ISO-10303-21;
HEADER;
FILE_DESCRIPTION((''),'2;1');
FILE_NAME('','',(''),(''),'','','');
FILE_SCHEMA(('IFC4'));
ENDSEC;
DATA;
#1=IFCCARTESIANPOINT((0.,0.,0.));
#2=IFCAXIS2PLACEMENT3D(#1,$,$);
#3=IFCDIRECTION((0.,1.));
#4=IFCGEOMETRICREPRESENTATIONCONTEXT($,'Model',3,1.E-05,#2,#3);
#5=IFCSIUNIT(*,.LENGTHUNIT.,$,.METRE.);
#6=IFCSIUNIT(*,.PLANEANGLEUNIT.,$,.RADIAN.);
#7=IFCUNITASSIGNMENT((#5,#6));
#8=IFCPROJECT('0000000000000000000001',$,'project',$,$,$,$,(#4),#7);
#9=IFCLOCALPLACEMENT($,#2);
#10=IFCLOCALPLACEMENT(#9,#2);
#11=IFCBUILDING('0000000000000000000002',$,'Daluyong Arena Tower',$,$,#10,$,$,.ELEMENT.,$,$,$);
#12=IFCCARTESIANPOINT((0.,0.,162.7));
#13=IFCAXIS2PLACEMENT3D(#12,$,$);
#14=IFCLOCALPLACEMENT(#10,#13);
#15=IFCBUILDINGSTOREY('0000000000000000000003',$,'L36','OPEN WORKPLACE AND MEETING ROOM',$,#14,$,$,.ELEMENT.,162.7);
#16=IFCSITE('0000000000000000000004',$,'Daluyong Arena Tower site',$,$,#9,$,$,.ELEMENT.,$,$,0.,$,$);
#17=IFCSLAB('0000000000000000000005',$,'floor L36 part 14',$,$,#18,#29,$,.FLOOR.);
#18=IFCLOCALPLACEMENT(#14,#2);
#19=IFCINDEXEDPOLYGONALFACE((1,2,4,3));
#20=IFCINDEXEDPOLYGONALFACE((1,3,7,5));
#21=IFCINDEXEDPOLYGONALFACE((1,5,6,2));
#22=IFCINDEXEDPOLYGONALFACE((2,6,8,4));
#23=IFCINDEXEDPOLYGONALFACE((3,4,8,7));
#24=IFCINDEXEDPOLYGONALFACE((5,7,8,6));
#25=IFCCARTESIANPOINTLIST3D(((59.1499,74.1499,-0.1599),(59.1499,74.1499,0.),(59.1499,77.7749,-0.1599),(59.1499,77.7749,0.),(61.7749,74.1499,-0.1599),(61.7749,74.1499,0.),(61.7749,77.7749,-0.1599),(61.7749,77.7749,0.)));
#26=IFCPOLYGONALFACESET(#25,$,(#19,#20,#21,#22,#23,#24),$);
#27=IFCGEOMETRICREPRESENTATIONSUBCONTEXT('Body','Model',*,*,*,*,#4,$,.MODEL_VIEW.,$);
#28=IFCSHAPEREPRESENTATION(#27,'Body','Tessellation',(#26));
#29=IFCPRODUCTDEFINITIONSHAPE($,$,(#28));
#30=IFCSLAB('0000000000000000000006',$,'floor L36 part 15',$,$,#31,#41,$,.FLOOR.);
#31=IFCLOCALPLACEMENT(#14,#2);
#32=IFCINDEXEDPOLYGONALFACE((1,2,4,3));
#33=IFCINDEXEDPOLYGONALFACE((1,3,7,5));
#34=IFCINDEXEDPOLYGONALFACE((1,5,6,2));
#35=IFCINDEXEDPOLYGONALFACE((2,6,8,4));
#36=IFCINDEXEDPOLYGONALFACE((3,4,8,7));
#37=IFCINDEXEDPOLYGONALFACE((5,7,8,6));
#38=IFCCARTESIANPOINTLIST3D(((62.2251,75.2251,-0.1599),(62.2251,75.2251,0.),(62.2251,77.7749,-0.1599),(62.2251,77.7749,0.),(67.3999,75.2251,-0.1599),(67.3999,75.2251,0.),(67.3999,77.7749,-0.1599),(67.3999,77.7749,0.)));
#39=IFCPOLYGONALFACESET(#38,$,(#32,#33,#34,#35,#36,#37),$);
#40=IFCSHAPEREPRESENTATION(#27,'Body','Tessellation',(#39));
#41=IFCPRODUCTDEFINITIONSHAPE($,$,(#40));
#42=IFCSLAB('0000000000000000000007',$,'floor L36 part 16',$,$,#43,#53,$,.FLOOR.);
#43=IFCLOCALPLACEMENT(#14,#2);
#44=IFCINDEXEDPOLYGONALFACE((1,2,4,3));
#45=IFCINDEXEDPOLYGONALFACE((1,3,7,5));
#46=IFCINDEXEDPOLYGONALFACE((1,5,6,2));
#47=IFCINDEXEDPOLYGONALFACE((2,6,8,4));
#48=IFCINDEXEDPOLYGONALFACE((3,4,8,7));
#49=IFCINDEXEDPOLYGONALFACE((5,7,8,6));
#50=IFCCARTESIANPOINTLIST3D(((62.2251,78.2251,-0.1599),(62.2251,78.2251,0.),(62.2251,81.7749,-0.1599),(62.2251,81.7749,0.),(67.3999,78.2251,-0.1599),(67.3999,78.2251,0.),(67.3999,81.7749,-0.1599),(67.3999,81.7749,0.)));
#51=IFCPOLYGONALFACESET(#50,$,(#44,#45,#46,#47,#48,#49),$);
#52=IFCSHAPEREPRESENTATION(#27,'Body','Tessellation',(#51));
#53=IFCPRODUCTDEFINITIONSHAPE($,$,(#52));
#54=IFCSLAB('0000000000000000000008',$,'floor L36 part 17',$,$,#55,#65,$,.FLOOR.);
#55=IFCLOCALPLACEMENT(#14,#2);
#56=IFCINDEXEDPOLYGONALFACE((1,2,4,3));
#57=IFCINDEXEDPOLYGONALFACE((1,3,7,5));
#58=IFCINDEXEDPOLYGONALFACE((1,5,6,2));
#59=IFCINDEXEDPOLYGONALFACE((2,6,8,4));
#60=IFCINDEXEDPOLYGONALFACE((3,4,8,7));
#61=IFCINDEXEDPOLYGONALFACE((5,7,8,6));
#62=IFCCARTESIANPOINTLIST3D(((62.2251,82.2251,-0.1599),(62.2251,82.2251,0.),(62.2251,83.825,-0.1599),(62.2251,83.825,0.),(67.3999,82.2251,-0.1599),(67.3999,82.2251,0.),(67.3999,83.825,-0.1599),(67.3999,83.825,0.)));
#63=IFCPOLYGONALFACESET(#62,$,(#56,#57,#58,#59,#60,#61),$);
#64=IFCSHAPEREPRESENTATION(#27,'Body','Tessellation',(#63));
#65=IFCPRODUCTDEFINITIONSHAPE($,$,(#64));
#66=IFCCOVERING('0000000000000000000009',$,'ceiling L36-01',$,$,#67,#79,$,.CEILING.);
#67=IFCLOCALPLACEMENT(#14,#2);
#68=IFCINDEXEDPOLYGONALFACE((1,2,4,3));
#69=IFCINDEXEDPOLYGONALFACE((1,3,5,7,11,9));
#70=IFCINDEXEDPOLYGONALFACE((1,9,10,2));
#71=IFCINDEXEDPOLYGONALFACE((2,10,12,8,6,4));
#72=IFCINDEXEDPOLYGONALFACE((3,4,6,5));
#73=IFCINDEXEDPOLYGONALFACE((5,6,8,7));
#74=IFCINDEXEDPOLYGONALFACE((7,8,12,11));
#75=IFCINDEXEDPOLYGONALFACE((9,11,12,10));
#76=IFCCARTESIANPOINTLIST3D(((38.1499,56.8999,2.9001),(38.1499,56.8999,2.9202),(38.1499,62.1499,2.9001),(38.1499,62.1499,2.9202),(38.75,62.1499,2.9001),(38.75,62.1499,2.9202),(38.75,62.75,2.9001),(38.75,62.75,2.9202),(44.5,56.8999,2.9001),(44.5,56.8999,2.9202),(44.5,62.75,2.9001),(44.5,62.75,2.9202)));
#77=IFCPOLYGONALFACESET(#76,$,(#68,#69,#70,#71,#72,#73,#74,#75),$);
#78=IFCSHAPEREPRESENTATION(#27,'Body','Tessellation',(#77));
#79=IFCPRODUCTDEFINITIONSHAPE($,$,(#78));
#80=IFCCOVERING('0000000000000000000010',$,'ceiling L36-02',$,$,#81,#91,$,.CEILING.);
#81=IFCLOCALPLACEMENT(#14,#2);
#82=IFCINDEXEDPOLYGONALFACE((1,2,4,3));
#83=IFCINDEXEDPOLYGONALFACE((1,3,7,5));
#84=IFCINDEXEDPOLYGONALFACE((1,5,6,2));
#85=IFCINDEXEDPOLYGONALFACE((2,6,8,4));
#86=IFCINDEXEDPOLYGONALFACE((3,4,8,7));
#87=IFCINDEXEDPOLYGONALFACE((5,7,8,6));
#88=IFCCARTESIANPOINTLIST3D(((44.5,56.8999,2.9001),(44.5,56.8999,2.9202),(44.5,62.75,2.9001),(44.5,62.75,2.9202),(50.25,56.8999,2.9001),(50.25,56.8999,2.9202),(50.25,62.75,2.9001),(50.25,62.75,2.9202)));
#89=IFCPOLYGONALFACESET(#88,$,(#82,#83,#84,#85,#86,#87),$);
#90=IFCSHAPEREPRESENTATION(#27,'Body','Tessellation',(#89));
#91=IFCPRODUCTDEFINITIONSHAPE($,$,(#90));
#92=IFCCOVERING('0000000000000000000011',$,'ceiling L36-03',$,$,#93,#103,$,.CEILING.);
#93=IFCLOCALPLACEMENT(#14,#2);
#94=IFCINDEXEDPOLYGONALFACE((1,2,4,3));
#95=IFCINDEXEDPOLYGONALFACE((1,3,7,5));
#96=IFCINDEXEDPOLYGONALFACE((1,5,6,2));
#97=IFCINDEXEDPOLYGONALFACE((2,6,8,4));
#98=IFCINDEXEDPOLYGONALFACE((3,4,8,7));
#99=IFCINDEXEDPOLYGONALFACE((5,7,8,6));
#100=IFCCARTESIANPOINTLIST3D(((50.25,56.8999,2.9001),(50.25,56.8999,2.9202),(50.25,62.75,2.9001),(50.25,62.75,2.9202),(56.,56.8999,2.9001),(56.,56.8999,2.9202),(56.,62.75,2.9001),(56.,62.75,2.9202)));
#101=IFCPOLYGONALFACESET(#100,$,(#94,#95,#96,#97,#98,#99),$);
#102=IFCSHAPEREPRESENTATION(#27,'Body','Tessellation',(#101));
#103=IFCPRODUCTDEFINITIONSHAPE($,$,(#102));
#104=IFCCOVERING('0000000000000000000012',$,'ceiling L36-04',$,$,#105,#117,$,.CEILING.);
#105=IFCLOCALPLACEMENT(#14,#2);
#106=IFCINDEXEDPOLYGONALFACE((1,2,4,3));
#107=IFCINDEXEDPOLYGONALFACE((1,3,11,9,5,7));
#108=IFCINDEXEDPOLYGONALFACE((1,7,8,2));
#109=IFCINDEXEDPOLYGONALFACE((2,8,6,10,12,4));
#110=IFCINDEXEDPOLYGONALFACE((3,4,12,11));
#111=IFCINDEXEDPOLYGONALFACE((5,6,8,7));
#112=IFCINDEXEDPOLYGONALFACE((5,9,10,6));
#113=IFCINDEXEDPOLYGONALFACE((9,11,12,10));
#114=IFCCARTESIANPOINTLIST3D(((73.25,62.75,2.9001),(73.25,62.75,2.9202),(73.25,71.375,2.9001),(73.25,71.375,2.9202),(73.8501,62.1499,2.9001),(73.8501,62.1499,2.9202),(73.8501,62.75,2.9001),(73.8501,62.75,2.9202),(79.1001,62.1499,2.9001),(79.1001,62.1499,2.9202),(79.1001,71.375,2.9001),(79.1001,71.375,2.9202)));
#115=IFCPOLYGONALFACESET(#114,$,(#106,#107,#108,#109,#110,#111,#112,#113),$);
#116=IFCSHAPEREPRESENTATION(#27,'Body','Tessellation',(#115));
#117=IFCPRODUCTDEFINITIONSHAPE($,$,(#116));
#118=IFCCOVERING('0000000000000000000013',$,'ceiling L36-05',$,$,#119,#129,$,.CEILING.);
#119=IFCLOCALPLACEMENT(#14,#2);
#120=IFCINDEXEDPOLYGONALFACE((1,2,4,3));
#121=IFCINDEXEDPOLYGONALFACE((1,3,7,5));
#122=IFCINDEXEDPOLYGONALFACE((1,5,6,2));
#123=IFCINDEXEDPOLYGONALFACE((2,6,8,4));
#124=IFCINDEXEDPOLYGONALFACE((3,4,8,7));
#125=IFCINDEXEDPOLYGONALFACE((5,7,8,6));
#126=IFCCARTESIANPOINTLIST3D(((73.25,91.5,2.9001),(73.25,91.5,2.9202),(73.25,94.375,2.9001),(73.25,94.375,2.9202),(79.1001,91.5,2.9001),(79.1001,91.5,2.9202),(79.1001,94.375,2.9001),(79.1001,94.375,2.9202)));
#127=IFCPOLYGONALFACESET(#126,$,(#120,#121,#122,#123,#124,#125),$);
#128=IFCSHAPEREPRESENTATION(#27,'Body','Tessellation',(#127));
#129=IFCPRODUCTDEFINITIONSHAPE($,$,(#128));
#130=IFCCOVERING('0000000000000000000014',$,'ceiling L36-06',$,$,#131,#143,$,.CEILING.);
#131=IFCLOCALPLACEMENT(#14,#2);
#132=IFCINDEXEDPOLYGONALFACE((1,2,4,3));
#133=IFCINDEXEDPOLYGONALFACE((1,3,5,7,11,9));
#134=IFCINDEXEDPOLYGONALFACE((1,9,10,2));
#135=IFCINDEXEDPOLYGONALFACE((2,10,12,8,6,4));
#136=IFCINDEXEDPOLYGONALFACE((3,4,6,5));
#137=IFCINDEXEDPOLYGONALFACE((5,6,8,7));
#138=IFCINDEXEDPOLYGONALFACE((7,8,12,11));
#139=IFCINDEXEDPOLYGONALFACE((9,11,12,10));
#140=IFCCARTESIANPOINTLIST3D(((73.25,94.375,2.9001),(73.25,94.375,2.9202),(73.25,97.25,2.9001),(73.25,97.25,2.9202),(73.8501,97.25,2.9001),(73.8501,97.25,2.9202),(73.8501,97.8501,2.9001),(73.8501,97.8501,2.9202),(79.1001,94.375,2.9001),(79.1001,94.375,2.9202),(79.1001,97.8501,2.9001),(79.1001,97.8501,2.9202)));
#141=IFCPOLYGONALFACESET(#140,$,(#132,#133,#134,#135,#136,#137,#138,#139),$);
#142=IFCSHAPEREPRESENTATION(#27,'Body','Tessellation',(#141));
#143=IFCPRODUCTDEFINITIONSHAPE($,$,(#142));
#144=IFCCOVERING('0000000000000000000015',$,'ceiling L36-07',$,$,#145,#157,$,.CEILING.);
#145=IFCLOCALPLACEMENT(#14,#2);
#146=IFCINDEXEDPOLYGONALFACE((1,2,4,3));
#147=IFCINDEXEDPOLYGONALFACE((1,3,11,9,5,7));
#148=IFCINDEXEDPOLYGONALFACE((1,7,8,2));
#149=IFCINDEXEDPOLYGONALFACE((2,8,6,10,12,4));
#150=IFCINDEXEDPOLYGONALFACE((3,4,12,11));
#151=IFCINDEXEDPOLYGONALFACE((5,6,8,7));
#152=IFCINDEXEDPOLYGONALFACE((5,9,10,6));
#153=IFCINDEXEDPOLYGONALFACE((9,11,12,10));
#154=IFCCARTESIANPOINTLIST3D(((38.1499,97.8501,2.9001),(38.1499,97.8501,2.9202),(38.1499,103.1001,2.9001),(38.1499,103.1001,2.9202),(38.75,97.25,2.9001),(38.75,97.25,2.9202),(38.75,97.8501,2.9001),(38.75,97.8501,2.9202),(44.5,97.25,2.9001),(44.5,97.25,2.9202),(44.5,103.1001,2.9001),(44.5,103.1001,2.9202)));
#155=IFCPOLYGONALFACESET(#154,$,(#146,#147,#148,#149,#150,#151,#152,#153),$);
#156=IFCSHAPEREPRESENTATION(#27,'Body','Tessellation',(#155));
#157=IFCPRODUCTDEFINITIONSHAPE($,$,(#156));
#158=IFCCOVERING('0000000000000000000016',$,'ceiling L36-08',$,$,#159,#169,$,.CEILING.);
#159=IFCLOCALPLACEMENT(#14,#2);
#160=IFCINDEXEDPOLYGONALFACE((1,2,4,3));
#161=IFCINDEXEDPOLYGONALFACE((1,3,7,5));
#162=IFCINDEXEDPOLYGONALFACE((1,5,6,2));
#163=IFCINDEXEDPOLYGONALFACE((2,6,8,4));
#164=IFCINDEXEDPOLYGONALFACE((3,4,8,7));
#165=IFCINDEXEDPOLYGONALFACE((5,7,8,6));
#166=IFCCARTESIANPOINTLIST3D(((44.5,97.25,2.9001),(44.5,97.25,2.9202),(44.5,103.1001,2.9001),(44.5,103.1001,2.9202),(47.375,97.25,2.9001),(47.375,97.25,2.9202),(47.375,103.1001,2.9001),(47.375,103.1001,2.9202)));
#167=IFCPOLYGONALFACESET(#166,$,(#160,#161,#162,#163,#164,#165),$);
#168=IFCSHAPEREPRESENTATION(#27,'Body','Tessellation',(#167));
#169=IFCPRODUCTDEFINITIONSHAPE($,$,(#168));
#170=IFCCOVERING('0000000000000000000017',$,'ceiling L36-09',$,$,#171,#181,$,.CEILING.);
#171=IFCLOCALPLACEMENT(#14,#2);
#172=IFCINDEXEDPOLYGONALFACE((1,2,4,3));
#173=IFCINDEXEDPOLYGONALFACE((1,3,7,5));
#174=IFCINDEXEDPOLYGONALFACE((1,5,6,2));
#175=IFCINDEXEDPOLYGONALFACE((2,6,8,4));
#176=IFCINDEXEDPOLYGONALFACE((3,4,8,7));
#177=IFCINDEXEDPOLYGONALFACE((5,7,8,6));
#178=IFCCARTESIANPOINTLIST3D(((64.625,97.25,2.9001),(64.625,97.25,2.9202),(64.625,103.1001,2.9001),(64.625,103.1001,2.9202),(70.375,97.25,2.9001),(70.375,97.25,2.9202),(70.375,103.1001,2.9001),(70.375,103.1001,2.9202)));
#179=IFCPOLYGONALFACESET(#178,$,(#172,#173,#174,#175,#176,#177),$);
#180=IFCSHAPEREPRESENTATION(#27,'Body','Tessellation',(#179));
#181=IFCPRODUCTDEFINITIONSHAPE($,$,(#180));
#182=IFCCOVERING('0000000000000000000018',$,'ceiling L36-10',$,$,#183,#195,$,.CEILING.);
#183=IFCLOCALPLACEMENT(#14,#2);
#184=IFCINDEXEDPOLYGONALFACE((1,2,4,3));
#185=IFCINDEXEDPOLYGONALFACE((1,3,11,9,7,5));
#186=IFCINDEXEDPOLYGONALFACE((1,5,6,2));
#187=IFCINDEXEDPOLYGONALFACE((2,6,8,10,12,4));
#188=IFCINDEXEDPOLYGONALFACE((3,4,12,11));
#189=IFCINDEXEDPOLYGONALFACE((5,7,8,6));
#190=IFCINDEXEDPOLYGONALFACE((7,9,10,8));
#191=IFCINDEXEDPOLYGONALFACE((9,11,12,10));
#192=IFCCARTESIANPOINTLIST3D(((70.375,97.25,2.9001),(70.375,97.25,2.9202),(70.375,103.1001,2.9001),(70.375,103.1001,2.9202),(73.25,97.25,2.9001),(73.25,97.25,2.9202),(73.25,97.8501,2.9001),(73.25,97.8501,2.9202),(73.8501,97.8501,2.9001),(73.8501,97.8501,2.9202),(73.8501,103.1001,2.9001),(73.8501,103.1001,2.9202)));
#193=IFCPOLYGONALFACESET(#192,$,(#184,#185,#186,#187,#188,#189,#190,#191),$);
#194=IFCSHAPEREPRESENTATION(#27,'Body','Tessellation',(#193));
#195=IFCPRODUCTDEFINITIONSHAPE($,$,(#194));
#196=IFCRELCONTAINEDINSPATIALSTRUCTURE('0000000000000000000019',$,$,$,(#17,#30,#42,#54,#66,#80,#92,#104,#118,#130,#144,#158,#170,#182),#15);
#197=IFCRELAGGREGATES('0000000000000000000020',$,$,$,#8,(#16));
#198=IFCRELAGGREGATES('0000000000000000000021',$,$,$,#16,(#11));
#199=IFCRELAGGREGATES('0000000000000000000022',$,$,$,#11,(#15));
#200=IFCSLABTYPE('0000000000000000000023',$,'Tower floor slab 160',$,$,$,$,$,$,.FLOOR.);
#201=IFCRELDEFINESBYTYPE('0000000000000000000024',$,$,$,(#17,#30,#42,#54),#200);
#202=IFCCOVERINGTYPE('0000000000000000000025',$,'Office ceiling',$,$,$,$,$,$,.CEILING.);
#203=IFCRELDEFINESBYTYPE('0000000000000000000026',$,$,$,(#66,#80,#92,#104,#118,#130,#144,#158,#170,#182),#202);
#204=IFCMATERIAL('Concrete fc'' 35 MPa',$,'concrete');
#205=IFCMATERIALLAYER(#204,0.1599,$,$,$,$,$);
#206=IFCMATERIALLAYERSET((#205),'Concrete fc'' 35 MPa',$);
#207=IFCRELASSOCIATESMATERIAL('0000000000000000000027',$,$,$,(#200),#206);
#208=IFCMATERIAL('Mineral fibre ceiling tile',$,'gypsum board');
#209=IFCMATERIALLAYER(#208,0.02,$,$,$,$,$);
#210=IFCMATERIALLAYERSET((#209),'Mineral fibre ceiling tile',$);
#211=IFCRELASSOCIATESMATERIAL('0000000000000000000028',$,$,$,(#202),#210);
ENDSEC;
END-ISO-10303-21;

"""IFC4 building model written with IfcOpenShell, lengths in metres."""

from ifc_helpers import new_model, si_unit, direction, frame, origin, place, context, subcontext, project, spatial, polyline, outline, extrude, material, layer, layer_set, type_object, element, save


model = new_model("IFC4")

# Units and contexts
model_context = context("Model", 3, precision=1e-05, world=origin(), true_north=direction((0.0, 1.0)))
body_context = subcontext(model_context, "Body", "Model", "MODEL_VIEW")
ifc_project = project(units=[si_unit("LENGTHUNIT", "METRE"), si_unit("PLANEANGLEUNIT", "RADIAN")], contexts=[model_context])

# Site, building, storey
site_placement = place(None, origin())
site = spatial("IfcSite", under=ifc_project, at=site_placement, Name="Daluyong Arena Tower site", CompositionType="ELEMENT", RefElevation=0.0)
building_placement = place(site_placement, origin())
building = spatial("IfcBuilding", under=site, at=building_placement, Name="Daluyong Arena Tower", CompositionType="ELEMENT")
storey_placement = place(building_placement, frame((0.0, 0.0, 162.7)))
storey = spatial("IfcBuildingStorey", under=building, at=storey_placement, Name="L36", Description="OPEN WORKPLACE AND MEETING ROOM", CompositionType="ELEMENT", Elevation=162.7)

# Slabs
ifc_material_1 = material(Name="Concrete fc' 35 MPa", Category="concrete")
ifc_layer_1 = layer(ifc_material_1, 0.1599)
ifc_layer_set_1 = layer_set([ifc_layer_1], Name="Concrete fc' 35 MPa")
slab_type = type_object("IfcSlabType", Name="Tower floor slab 160", PredefinedType="FLOOR", material=ifc_layer_set_1)
slab_1_placement = place(storey_placement, frame((0.0, 0.0, -0.1599)))
element("IfcSlab", 1, at=slab_1_placement, inside=storey, type_object=slab_type, Name="floor L36 part 14", PredefinedType="FLOOR", context=body_context, shape_type="SweptSolid", body=[
    extrude(outline(polyline([(59.1499, 77.7749), (59.1499, 74.1499), (61.7749, 74.1499), (61.7749, 77.7749), (59.1499, 77.7749)])), origin(), (0.0, 0.0, 1.0), 0.1599),
])
slab_2_placement = place(storey_placement, frame((0.0, 0.0, -0.1599)))
element("IfcSlab", 2, at=slab_2_placement, inside=storey, type_object=slab_type, Name="floor L36 part 15", PredefinedType="FLOOR", context=body_context, shape_type="SweptSolid", body=[
    extrude(outline(polyline([(62.2251, 75.2251), (67.3999, 75.2251), (67.3999, 77.7749), (62.2251, 77.7749), (62.2251, 75.2251)])), origin(), (0.0, 0.0, 1.0), 0.1599),
])
slab_3_placement = place(storey_placement, frame((0.0, 0.0, -0.1599)))
element("IfcSlab", 3, at=slab_3_placement, inside=storey, type_object=slab_type, Name="floor L36 part 16", PredefinedType="FLOOR", context=body_context, shape_type="SweptSolid", body=[
    extrude(outline(polyline([(62.2251, 78.2251), (67.3999, 78.2251), (67.3999, 81.7749), (62.2251, 81.7749), (62.2251, 78.2251)])), origin(), (0.0, 0.0, 1.0), 0.1599),
])
slab_4_placement = place(storey_placement, frame((0.0, 0.0, -0.1599)))
element("IfcSlab", 4, at=slab_4_placement, inside=storey, type_object=slab_type, Name="floor L36 part 17", PredefinedType="FLOOR", context=body_context, shape_type="SweptSolid", body=[
    extrude(outline(polyline([(62.2251, 82.2251), (67.3999, 82.2251), (67.3999, 83.825), (62.2251, 83.825), (62.2251, 82.2251)])), origin(), (0.0, 0.0, 1.0), 0.1599),
])

# Coverings
ifc_material_2 = material(Name="Mineral fibre ceiling tile", Category="gypsum board")
ifc_layer_2 = layer(ifc_material_2, 0.02)
ifc_layer_set_2 = layer_set([ifc_layer_2], Name="Mineral fibre ceiling tile")
covering_type = type_object("IfcCoveringType", Name="Office ceiling", PredefinedType="CEILING", material=ifc_layer_set_2)
covering_1_placement = place(storey_placement, frame((0.0, 0.0, 2.9001)))
element("IfcCovering", 5, at=covering_1_placement, inside=storey, type_object=covering_type, Name="ceiling L36-01", PredefinedType="CEILING", context=body_context, shape_type="SweptSolid", body=[
    extrude(outline(polyline([(38.1499, 62.1499), (38.1499, 56.8999), (44.5, 56.8999), (44.5, 62.75), (38.75, 62.75), (38.75, 62.1499), (38.1499, 62.1499)])), origin(), (0.0, 0.0, 1.0), 0.02),
])
covering_2_placement = place(storey_placement, frame((0.0, 0.0, 2.9001)))
element("IfcCovering", 6, at=covering_2_placement, inside=storey, type_object=covering_type, Name="ceiling L36-02", PredefinedType="CEILING", context=body_context, shape_type="SweptSolid", body=[
    extrude(outline(polyline([(44.5, 62.75), (44.5, 56.8999), (50.25, 56.8999), (50.25, 62.75), (44.5, 62.75)])), origin(), (0.0, 0.0, 1.0), 0.02),
])
covering_3_placement = place(storey_placement, frame((0.0, 0.0, 2.9001)))
element("IfcCovering", 7, at=covering_3_placement, inside=storey, type_object=covering_type, Name="ceiling L36-03", PredefinedType="CEILING", context=body_context, shape_type="SweptSolid", body=[
    extrude(outline(polyline([(50.25, 62.75), (50.25, 56.8999), (56.0, 56.8999), (56.0, 62.75), (50.25, 62.75)])), origin(), (0.0, 0.0, 1.0), 0.02),
])
covering_4_placement = place(storey_placement, frame((0.0, 0.0, 2.9001)))
element("IfcCovering", 8, at=covering_4_placement, inside=storey, type_object=covering_type, Name="ceiling L36-04", PredefinedType="CEILING", context=body_context, shape_type="SweptSolid", body=[
    extrude(outline(polyline([(73.8501, 62.1499), (79.1001, 62.1499), (79.1001, 71.375), (73.25, 71.375), (73.25, 62.75), (73.8501, 62.75), (73.8501, 62.1499)])), origin(), (0.0, 0.0, 1.0), 0.02),
])
covering_5_placement = place(storey_placement, frame((0.0, 0.0, 2.9001)))
element("IfcCovering", 9, at=covering_5_placement, inside=storey, type_object=covering_type, Name="ceiling L36-05", PredefinedType="CEILING", context=body_context, shape_type="SweptSolid", body=[
    extrude(outline(polyline([(73.25, 91.5), (79.1001, 91.5), (79.1001, 94.375), (73.25, 94.375), (73.25, 91.5)])), origin(), (0.0, 0.0, 1.0), 0.02),
])
covering_6_placement = place(storey_placement, frame((0.0, 0.0, 2.9001)))
element("IfcCovering", 10, at=covering_6_placement, inside=storey, type_object=covering_type, Name="ceiling L36-06", PredefinedType="CEILING", context=body_context, shape_type="SweptSolid", body=[
    extrude(outline(polyline([(73.25, 94.375), (79.1001, 94.375), (79.1001, 97.8501), (73.8501, 97.8501), (73.8501, 97.25), (73.25, 97.25), (73.25, 94.375)])), origin(), (0.0, 0.0, 1.0), 0.02),
])
covering_7_placement = place(storey_placement, frame((0.0, 0.0, 2.9001)))
element("IfcCovering", 11, at=covering_7_placement, inside=storey, type_object=covering_type, Name="ceiling L36-07", PredefinedType="CEILING", context=body_context, shape_type="SweptSolid", body=[
    extrude(outline(polyline([(44.5, 97.25), (44.5, 103.1001), (38.1499, 103.1001), (38.1499, 97.8501), (38.75, 97.8501), (38.75, 97.25), (44.5, 97.25)])), origin(), (0.0, 0.0, 1.0), 0.02),
])
covering_8_placement = place(storey_placement, frame((0.0, 0.0, 2.9001)))
element("IfcCovering", 12, at=covering_8_placement, inside=storey, type_object=covering_type, Name="ceiling L36-08", PredefinedType="CEILING", context=body_context, shape_type="SweptSolid", body=[
    extrude(outline(polyline([(47.375, 97.25), (47.375, 103.1001), (44.5, 103.1001), (44.5, 97.25), (47.375, 97.25)])), origin(), (0.0, 0.0, 1.0), 0.02),
])
covering_9_placement = place(storey_placement, frame((0.0, 0.0, 2.9001)))
element("IfcCovering", 13, at=covering_9_placement, inside=storey, type_object=covering_type, Name="ceiling L36-09", PredefinedType="CEILING", context=body_context, shape_type="SweptSolid", body=[
    extrude(outline(polyline([(70.375, 97.25), (70.375, 103.1001), (64.625, 103.1001), (64.625, 97.25), (70.375, 97.25)])), origin(), (0.0, 0.0, 1.0), 0.02),
])
covering_10_placement = place(storey_placement, frame((0.0, 0.0, 2.9001)))
element("IfcCovering", 14, at=covering_10_placement, inside=storey, type_object=covering_type, Name="ceiling L36-10", PredefinedType="CEILING", context=body_context, shape_type="SweptSolid", body=[
    extrude(outline(polyline([(70.375, 97.25), (73.25, 97.25), (73.25, 97.8501), (73.8501, 97.8501), (73.8501, 103.1001), (70.375, 103.1001), (70.375, 97.25)])), origin(), (0.0, 0.0, 1.0), 0.02),
])

save(model, "model.ifc")
